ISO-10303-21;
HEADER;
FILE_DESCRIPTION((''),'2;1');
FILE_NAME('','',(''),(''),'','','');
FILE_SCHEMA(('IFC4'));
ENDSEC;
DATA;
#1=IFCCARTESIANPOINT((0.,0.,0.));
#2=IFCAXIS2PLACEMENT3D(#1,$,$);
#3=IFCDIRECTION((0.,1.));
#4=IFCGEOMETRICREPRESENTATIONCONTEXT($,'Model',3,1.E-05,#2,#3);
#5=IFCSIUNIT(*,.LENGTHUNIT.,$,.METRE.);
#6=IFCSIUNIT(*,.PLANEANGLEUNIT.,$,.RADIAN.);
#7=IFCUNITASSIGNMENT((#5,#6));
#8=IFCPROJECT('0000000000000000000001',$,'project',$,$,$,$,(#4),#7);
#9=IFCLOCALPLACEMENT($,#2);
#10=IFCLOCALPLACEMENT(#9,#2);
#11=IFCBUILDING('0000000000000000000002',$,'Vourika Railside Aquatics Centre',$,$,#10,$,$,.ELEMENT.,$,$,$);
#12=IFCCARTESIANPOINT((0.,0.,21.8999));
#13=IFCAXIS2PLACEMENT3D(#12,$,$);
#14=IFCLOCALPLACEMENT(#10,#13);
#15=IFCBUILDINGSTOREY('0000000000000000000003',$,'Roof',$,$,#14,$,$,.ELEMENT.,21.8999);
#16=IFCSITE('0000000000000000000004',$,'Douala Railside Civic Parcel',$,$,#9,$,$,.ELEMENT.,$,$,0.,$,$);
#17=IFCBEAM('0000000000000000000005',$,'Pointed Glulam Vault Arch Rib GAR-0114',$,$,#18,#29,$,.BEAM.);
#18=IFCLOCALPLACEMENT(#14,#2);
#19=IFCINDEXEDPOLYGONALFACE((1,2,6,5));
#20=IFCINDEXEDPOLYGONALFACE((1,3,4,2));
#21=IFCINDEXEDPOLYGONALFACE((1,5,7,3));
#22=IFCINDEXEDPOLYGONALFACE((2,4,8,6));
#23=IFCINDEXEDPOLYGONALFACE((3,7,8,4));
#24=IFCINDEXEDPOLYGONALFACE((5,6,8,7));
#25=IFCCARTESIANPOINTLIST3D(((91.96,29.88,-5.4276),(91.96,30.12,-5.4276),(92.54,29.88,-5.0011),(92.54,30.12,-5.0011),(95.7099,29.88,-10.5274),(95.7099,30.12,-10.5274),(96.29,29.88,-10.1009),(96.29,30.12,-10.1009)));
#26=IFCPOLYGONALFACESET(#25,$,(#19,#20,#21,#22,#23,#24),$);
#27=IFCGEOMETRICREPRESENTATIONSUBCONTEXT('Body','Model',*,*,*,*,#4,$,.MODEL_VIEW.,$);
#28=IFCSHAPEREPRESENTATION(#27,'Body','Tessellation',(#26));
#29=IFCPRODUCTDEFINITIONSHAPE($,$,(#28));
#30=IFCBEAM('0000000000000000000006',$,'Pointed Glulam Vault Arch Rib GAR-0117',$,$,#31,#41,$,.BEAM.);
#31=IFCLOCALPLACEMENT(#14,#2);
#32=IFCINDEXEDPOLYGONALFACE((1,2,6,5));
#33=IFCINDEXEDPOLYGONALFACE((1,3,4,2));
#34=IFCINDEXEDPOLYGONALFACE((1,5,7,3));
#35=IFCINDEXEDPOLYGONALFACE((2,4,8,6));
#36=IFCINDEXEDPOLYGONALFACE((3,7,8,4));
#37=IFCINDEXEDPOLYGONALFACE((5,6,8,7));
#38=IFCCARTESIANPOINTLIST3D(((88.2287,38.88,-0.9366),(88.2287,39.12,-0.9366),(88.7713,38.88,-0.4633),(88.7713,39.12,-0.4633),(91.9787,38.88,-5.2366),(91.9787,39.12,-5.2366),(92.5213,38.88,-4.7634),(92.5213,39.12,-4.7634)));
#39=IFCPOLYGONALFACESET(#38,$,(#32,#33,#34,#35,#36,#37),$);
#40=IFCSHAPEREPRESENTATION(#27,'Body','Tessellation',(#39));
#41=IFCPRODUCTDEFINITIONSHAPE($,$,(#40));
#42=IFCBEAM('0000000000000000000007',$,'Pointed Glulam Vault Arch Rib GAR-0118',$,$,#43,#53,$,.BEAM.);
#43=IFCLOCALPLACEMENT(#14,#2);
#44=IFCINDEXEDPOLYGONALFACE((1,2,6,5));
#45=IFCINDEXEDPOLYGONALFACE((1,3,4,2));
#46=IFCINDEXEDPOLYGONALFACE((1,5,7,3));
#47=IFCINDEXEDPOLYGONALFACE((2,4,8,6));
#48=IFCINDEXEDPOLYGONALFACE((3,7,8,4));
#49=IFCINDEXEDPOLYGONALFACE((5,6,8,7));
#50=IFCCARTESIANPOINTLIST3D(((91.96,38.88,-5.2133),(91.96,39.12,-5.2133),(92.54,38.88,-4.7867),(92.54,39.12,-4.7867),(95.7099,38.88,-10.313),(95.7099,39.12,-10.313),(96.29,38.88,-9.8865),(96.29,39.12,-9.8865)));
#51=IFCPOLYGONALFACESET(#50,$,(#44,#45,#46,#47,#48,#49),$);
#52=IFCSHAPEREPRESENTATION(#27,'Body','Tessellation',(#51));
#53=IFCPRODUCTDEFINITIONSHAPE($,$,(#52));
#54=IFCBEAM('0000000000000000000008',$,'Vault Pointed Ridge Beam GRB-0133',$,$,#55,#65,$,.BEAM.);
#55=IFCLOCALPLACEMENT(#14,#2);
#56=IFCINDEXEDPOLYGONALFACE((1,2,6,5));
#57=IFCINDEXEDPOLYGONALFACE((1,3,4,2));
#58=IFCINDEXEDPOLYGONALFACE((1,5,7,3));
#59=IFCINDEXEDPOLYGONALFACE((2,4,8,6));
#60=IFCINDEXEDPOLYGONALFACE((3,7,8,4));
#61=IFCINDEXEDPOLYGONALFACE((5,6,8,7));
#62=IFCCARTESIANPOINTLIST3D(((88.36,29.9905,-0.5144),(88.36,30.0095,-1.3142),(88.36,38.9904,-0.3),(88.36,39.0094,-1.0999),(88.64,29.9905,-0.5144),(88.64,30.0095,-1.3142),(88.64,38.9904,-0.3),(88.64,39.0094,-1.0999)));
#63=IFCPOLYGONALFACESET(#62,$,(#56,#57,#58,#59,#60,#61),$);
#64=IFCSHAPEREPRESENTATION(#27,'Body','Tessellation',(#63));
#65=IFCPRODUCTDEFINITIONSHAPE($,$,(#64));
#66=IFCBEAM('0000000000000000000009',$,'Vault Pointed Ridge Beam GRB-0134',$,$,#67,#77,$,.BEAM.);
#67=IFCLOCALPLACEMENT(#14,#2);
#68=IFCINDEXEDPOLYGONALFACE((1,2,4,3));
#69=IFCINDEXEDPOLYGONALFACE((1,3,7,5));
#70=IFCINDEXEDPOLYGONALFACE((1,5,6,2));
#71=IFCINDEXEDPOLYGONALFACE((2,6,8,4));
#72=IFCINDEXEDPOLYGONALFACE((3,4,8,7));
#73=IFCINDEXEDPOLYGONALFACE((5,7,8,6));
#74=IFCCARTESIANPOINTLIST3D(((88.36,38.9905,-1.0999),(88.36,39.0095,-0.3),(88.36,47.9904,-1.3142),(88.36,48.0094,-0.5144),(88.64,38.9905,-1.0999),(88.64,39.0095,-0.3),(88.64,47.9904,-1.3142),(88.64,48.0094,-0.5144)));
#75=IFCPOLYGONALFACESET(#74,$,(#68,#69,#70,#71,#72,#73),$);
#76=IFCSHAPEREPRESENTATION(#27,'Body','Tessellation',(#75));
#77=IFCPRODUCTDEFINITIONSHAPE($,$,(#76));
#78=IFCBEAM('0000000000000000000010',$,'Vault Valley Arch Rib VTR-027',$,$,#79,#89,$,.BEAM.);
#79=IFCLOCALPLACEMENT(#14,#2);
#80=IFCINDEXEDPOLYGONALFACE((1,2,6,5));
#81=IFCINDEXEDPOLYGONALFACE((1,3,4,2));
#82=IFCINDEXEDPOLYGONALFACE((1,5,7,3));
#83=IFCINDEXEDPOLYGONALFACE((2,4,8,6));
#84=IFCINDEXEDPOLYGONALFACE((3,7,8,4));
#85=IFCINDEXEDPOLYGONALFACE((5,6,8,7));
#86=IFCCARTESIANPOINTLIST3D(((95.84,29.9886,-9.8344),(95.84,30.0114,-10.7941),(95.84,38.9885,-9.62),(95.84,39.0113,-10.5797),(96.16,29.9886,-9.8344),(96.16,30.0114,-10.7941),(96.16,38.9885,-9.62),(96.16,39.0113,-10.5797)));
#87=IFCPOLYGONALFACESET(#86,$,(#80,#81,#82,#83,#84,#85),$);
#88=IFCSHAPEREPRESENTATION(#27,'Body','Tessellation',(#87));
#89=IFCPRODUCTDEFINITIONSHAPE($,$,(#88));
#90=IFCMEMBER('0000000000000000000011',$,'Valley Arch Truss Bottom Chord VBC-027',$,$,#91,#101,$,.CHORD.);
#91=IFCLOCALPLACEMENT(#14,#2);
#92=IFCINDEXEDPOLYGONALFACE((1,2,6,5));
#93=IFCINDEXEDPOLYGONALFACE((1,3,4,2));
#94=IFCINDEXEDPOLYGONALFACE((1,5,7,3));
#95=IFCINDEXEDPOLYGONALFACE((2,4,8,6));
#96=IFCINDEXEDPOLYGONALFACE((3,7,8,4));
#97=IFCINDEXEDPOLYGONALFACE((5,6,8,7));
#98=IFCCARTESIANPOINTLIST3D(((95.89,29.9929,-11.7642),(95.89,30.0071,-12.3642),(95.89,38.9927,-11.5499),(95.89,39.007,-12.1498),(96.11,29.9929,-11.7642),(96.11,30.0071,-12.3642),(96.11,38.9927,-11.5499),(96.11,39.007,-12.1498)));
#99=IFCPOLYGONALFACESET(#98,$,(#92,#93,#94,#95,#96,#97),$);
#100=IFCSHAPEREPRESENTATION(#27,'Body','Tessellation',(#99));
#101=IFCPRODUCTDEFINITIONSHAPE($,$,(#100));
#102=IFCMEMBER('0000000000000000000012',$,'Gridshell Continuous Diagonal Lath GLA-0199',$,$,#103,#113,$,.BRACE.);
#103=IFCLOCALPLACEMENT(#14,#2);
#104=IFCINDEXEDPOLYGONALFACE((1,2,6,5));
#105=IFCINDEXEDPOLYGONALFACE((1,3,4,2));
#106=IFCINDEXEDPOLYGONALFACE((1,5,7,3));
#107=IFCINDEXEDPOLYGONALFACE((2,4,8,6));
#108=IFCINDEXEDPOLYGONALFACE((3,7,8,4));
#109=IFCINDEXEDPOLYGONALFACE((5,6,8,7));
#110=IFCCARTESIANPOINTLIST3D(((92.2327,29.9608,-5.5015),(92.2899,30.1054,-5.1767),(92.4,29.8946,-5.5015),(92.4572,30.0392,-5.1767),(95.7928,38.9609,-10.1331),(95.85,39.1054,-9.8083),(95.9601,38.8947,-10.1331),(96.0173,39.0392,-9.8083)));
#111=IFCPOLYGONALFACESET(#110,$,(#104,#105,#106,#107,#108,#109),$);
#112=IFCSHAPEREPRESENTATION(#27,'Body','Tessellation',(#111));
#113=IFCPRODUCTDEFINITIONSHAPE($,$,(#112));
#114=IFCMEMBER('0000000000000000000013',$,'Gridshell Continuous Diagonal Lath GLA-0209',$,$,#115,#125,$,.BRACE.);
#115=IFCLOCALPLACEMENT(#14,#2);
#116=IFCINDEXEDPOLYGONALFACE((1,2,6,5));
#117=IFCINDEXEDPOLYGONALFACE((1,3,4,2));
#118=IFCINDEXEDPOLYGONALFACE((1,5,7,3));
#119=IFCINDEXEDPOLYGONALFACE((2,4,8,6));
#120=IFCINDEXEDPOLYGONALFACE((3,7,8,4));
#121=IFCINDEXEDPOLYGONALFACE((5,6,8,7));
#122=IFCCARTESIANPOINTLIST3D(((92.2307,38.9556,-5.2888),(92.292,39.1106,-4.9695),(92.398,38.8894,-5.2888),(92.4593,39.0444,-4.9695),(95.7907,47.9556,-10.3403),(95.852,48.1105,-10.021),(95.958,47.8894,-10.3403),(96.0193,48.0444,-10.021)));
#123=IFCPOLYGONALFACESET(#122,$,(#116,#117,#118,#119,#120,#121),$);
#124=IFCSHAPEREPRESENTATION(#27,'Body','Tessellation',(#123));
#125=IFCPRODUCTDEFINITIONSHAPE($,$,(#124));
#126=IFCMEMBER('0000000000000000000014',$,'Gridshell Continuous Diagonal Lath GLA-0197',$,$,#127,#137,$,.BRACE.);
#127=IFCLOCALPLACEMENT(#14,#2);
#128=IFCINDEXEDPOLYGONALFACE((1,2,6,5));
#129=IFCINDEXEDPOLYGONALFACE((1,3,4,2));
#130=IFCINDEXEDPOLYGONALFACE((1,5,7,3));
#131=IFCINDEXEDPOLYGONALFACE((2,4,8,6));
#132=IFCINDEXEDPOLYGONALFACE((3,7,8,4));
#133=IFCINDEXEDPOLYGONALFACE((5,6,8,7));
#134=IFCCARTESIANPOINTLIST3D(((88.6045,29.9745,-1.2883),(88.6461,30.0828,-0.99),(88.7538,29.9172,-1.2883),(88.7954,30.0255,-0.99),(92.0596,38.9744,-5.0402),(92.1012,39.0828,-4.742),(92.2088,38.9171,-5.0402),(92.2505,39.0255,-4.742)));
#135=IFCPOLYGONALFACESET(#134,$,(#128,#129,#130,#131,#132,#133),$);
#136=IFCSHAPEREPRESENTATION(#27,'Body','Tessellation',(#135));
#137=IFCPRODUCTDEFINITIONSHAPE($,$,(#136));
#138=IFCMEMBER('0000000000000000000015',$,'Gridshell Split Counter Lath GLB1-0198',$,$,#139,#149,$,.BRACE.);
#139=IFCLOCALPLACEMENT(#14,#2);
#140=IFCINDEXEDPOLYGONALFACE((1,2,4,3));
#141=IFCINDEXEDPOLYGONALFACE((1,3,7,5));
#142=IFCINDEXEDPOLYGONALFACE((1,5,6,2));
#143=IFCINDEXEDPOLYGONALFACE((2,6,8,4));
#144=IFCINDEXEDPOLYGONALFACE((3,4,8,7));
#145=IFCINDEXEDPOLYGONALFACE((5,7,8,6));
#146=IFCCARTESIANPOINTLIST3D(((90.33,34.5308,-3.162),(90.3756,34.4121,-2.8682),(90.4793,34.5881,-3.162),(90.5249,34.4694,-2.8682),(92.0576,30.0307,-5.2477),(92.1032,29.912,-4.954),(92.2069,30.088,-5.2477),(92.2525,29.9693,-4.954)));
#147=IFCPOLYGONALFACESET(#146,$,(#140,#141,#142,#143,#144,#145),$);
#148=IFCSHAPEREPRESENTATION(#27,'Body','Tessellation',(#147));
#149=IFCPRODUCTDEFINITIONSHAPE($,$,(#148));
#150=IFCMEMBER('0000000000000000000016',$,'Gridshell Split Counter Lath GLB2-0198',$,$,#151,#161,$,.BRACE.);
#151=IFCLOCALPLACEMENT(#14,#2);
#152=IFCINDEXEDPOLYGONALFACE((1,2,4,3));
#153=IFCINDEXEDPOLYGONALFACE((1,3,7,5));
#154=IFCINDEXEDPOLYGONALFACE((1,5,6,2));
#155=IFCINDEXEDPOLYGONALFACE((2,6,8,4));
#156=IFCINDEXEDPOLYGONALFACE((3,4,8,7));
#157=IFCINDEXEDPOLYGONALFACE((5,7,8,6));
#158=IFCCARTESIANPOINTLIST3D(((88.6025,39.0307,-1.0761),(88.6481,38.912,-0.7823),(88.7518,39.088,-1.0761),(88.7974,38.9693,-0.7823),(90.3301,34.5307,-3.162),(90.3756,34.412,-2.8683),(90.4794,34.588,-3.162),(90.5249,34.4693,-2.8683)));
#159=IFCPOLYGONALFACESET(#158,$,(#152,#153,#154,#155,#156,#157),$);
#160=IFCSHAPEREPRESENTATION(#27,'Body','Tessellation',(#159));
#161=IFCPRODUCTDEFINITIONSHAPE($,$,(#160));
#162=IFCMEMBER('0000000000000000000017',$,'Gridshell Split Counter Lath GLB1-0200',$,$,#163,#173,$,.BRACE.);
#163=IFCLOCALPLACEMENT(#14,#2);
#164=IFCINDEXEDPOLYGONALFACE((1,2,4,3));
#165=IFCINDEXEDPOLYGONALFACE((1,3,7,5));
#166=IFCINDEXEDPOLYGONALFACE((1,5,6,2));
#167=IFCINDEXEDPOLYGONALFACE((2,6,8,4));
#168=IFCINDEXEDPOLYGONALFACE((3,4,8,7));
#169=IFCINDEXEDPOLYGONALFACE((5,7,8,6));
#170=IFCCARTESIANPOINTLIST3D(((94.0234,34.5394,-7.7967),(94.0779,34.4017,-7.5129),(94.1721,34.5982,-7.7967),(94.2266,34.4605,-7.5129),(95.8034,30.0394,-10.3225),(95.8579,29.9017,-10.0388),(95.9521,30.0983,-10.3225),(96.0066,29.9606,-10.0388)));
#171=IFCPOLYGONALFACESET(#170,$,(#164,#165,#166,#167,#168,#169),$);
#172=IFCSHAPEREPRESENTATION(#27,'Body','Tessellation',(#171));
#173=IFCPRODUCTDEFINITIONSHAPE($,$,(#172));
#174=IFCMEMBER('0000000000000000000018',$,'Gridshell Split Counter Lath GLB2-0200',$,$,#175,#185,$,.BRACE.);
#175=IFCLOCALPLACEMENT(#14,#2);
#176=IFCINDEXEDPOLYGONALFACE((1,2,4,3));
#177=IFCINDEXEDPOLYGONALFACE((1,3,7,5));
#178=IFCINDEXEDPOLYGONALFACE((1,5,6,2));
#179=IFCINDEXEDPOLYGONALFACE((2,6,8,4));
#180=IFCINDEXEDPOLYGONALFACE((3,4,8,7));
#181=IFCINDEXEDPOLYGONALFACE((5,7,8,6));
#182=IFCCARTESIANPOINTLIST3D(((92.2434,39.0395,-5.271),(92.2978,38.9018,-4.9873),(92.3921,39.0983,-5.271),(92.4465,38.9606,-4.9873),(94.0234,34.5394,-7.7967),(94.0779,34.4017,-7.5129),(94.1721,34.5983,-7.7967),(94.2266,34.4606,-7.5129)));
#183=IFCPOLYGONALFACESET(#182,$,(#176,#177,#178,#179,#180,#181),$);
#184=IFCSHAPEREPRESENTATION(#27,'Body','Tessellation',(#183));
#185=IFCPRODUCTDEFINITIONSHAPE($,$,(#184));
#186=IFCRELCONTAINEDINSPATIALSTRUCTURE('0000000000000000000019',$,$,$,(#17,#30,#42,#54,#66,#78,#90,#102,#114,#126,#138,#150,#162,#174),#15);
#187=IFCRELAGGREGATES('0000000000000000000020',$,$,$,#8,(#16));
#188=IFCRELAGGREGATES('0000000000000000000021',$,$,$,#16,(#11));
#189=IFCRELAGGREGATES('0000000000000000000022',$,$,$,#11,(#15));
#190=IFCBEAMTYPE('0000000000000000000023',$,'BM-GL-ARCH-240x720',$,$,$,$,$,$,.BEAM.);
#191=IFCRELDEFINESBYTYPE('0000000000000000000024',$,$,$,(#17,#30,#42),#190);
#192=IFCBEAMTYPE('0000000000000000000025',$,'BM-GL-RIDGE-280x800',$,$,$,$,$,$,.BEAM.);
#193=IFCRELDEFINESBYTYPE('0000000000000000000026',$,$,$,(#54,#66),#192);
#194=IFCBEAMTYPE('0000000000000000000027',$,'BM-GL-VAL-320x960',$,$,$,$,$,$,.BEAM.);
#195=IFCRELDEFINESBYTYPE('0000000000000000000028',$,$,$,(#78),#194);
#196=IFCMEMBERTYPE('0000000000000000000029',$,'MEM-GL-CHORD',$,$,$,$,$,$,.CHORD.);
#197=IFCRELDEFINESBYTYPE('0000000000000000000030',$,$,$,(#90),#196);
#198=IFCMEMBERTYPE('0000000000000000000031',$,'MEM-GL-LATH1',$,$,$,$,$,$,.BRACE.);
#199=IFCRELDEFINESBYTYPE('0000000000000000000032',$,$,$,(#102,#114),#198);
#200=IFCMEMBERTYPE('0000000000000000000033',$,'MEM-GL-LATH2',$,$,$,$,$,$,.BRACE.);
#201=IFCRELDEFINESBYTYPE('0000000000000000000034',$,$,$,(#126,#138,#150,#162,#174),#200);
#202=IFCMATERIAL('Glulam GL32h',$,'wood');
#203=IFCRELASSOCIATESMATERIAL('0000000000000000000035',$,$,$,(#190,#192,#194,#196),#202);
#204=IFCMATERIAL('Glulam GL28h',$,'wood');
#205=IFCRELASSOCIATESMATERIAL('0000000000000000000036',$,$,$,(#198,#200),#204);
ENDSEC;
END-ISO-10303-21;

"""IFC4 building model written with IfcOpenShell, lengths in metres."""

from ifc_helpers import new_model, si_unit, direction, frame, origin, origin_2d, place, context, subcontext, project, spatial, rectangle, extrude, material, material_profile, profile_set, type_object, element, save


model = new_model("IFC4")

# Units and contexts
model_context = context("Model", 3, precision=1e-05, world=origin(), true_north=direction((0.0, 1.0)))
body_context = subcontext(model_context, "Body", "Model", "MODEL_VIEW")
ifc_project = project(units=[si_unit("LENGTHUNIT", "METRE"), si_unit("PLANEANGLEUNIT", "RADIAN")], contexts=[model_context])

# Site, building, storey
site_placement = place(None, origin())
site = spatial("IfcSite", under=ifc_project, at=site_placement, Name="Douala Railside Civic Parcel", CompositionType="ELEMENT", RefElevation=0.0)
building_placement = place(site_placement, origin())
building = spatial("IfcBuilding", under=site, at=building_placement, Name="Vourika Railside Aquatics Centre", CompositionType="ELEMENT")
storey_placement = place(building_placement, frame((0.0, 0.0, 21.8999)))
storey = spatial("IfcBuildingStorey", under=building, at=storey_placement, Name="Roof", CompositionType="ELEMENT", Elevation=21.8999)

# Beams
ifc_material_1 = material(Name="Glulam GL32h", Category="wood")
ifc_material_profile_1 = material_profile(ifc_material_1, rectangle(XDim=0.24, YDim=0.72, at=origin_2d()), Name="GL32h 240x720")
ifc_profile_set_1 = profile_set([ifc_material_profile_1], Name="Glulam GL32h")
beam_type_1 = type_object("IfcBeamType", Name="BM-GL-ARCH-240x720", PredefinedType="BEAM", material=ifc_profile_set_1)
beam_1_placement = place(storey_placement, frame((92.25, 30.0, -5.2144), z_axis=(0.592401, 0.0, -0.805643), x_axis=(0.0, 1.0, 0.0)))
element("IfcBeam", 1, at=beam_1_placement, inside=storey, type_object=beam_type_1, Name="Pointed Glulam Vault Arch Rib GAR-0114", PredefinedType="BEAM", context=body_context, shape_type="SweptSolid", body=[
    extrude(rectangle(XDim=0.24, YDim=0.72, at=origin_2d()), origin(), (0.0, 0.0, 1.0), 6.3301),
])
beam_2_placement = place(storey_placement, frame((88.5, 39.0, -0.7), z_axis=(0.657259, 0.0, -0.753665), x_axis=(0.0, 1.0, 0.0)))
element("IfcBeam", 2, at=beam_2_placement, inside=storey, type_object=beam_type_1, Name="Pointed Glulam Vault Arch Rib GAR-0117", PredefinedType="BEAM", context=body_context, shape_type="SweptSolid", body=[
    extrude(rectangle(XDim=0.24, YDim=0.72, at=origin_2d()), origin(), (0.0, 0.0, 1.0), 5.7056),
])
beam_3_placement = place(storey_placement, frame((92.25, 39.0, -5.0), z_axis=(0.592401, 0.0, -0.805643), x_axis=(0.0, 1.0, 0.0)))
element("IfcBeam", 3, at=beam_3_placement, inside=storey, type_object=beam_type_1, Name="Pointed Glulam Vault Arch Rib GAR-0118", PredefinedType="BEAM", context=body_context, shape_type="SweptSolid", body=[
    extrude(rectangle(XDim=0.24, YDim=0.72, at=origin_2d()), origin(), (0.0, 0.0, 1.0), 6.3301),
])
ifc_material_profile_2 = material_profile(ifc_material_1, rectangle(XDim=0.28, YDim=0.8, at=origin_2d()), Name="GL32h 280x800")
ifc_profile_set_2 = profile_set([ifc_material_profile_2], Name="Glulam GL32h")
beam_type_2 = type_object("IfcBeamType", Name="BM-GL-RIDGE-280x800", PredefinedType="BEAM", material=ifc_profile_set_2)
for number, where, z_axis, x_axis, name in (
    (4, (88.5, 30.0, -0.9143), (0.0, 0.999716, 0.023811), (-1.0, 0.0, 0.0), "Vault Pointed Ridge Beam GRB-0133"),
    (5, (88.5, 39.0, -0.7), (0.0, 0.999716, -0.023811), (-1.0, 0.0, 0.0), "Vault Pointed Ridge Beam GRB-0134"),
):
    element("IfcBeam", number, at=place(storey_placement, frame(where, z_axis=z_axis, x_axis=x_axis)), inside=storey, type_object=beam_type_2, Name=name, PredefinedType="BEAM", context=body_context, shape_type="SweptSolid", body=[
        extrude(rectangle(XDim=0.28, YDim=0.8, at=origin_2d()), origin(), (0.0, 0.0, 1.0), 9.0024),
    ])
ifc_material_profile_3 = material_profile(ifc_material_1, rectangle(XDim=0.3201, YDim=0.96, at=origin_2d()), Name="GL32h 320x960")
ifc_profile_set_3 = profile_set([ifc_material_profile_3], Name="Glulam GL32h")
beam_type_3 = type_object("IfcBeamType", Name="BM-GL-VAL-320x960", PredefinedType="BEAM", material=ifc_profile_set_3)
beam_4_placement = place(storey_placement, frame((96.0, 30.0, -10.3142), z_axis=(0.0, 0.999716, 0.023811), x_axis=(-1.0, 0.0, 0.0)))
element("IfcBeam", 6, at=beam_4_placement, inside=storey, type_object=beam_type_3, Name="Vault Valley Arch Rib VTR-027", PredefinedType="BEAM", context=body_context, shape_type="SweptSolid", body=[
    extrude(rectangle(XDim=0.3201, YDim=0.96, at=origin_2d()), origin(), (0.0, 0.0, 1.0), 9.0024),
])

# Members
ifc_material_profile_4 = material_profile(ifc_material_1, rectangle(XDim=0.22, YDim=0.6001, at=origin_2d()), Name="GL32h 220x600")
ifc_profile_set_4 = profile_set([ifc_material_profile_4], Name="Glulam GL32h")
member_type_1 = type_object("IfcMemberType", Name="MEM-GL-CHORD", PredefinedType="CHORD", material=ifc_profile_set_4)
member_1_placement = place(storey_placement, frame((96.0, 30.0, -12.0642), z_axis=(0.0, 0.999716, 0.023811), x_axis=(-1.0, 0.0, 0.0)))
element("IfcMember", 7, at=member_1_placement, inside=storey, type_object=member_type_1, Name="Valley Arch Truss Bottom Chord VBC-027", PredefinedType="CHORD", context=body_context, shape_type="SweptSolid", body=[
    extrude(rectangle(XDim=0.22, YDim=0.6001, at=origin_2d()), origin(), (0.0, 0.0, 1.0), 9.0024),
])
ifc_material_2 = material(Name="Glulam GL28h", Category="wood")
ifc_material_profile_5 = material_profile(ifc_material_2, rectangle(XDim=0.1799, YDim=0.3601, at=origin_2d()), Name="GL28h 180x360")
ifc_profile_set_5 = profile_set([ifc_material_profile_5], Name="Glulam GL28h")
member_type_2 = type_object("IfcMemberType", Name="MEM-GL-LATH1", PredefinedType="BRACE", material=ifc_profile_set_5)
member_2_placement = place(storey_placement, frame((92.345, 30.0, -5.3391), z_axis=(0.331796, 0.838796, -0.431662), x_axis=(-0.929893, 0.36783, 0.0)))
element("IfcMember", 8, at=member_2_placement, inside=storey, type_object=member_type_2, Name="Gridshell Continuous Diagonal Lath GLA-0199", PredefinedType="BRACE", context=body_context, shape_type="SweptSolid", body=[
    extrude(rectangle(XDim=0.1799, YDim=0.3601, at=origin_2d()), origin(), (0.0, 0.0, 1.0), 10.7297),
])
member_3_placement = place(storey_placement, frame((92.345, 39.0, -5.1292), z_axis=(0.326087, 0.824365, -0.462699), x_axis=(-0.929893, 0.36783, 0.0)))
element("IfcMember", 9, at=member_3_placement, inside=storey, type_object=member_type_2, Name="Gridshell Continuous Diagonal Lath GLA-0209", PredefinedType="BRACE", context=body_context, shape_type="SweptSolid", body=[
    extrude(rectangle(XDim=0.1799, YDim=0.3601, at=origin_2d()), origin(), (0.0, 0.0, 1.0), 10.9175),
])
ifc_material_profile_6 = material_profile(ifc_material_2, rectangle(XDim=0.1599, YDim=0.3201, at=origin_2d()), Name="GL28h 160x320")
ifc_profile_set_6 = profile_set([ifc_material_profile_6], Name="Glulam GL28h")
member_type_3 = type_object("IfcMemberType", Name="MEM-GL-LATH2", PredefinedType="BRACE", material=ifc_profile_set_6)
member_4_placement = place(storey_placement, frame((88.7, 30.0, -1.1392), z_axis=(0.333992, 0.870003, -0.36269), x_axis=(-0.93357, 0.358395, 0.0)))
element("IfcMember", 10, at=member_4_placement, inside=storey, type_object=member_type_3, Name="Gridshell Continuous Diagonal Lath GLA-0197", PredefinedType="BRACE", context=body_context, shape_type="SweptSolid", body=[
    extrude(rectangle(XDim=0.1599, YDim=0.3201, at=origin_2d()), origin(), (0.0, 0.0, 1.0), 10.3447),
])
for number, where, z_axis, x_axis, name in (
    (11, (92.155, 30.0, -5.1008), (-0.328924, 0.856801, 0.397116), (-0.93357, -0.358395, 0.0), "Gridshell Split Counter Lath GLB1-0198"),
    (12, (90.4275, 34.5, -3.0151), (-0.328918, 0.856785, 0.397156), (-0.93357, -0.358395, 0.0), "Gridshell Split Counter Lath GLB2-0198"),
):
    element("IfcMember", number, at=place(storey_placement, frame(where, z_axis=z_axis, x_axis=x_axis)), inside=storey, type_object=member_type_3, Name=name, PredefinedType="BRACE", context=body_context, shape_type="SweptSolid", body=[
        extrude(rectangle(XDim=0.1599, YDim=0.3201, at=origin_2d()), origin(), (0.0, 0.0, 1.0), 5.2522),
    ])
for number, where, z_axis, x_axis, name in (
    (13, (95.905, 30.0, -10.1807), (-0.326084, 0.824356, 0.462716), (-0.929893, -0.36783, 0.0), "Gridshell Split Counter Lath GLB1-0200"),
    (14, (94.125, 34.5, -7.6548), (-0.326091, 0.824373, 0.462681), (-0.929893, -0.36783, 0.0), "Gridshell Split Counter Lath GLB2-0200"),
):
    element("IfcMember", number, at=place(storey_placement, frame(where, z_axis=z_axis, x_axis=x_axis)), inside=storey, type_object=member_type_3, Name=name, PredefinedType="BRACE", context=body_context, shape_type="SweptSolid", body=[
        extrude(rectangle(XDim=0.1599, YDim=0.3201, at=origin_2d()), origin(), (0.0, 0.0, 1.0), 5.4587),
    ])

save(model, "model.ifc")
